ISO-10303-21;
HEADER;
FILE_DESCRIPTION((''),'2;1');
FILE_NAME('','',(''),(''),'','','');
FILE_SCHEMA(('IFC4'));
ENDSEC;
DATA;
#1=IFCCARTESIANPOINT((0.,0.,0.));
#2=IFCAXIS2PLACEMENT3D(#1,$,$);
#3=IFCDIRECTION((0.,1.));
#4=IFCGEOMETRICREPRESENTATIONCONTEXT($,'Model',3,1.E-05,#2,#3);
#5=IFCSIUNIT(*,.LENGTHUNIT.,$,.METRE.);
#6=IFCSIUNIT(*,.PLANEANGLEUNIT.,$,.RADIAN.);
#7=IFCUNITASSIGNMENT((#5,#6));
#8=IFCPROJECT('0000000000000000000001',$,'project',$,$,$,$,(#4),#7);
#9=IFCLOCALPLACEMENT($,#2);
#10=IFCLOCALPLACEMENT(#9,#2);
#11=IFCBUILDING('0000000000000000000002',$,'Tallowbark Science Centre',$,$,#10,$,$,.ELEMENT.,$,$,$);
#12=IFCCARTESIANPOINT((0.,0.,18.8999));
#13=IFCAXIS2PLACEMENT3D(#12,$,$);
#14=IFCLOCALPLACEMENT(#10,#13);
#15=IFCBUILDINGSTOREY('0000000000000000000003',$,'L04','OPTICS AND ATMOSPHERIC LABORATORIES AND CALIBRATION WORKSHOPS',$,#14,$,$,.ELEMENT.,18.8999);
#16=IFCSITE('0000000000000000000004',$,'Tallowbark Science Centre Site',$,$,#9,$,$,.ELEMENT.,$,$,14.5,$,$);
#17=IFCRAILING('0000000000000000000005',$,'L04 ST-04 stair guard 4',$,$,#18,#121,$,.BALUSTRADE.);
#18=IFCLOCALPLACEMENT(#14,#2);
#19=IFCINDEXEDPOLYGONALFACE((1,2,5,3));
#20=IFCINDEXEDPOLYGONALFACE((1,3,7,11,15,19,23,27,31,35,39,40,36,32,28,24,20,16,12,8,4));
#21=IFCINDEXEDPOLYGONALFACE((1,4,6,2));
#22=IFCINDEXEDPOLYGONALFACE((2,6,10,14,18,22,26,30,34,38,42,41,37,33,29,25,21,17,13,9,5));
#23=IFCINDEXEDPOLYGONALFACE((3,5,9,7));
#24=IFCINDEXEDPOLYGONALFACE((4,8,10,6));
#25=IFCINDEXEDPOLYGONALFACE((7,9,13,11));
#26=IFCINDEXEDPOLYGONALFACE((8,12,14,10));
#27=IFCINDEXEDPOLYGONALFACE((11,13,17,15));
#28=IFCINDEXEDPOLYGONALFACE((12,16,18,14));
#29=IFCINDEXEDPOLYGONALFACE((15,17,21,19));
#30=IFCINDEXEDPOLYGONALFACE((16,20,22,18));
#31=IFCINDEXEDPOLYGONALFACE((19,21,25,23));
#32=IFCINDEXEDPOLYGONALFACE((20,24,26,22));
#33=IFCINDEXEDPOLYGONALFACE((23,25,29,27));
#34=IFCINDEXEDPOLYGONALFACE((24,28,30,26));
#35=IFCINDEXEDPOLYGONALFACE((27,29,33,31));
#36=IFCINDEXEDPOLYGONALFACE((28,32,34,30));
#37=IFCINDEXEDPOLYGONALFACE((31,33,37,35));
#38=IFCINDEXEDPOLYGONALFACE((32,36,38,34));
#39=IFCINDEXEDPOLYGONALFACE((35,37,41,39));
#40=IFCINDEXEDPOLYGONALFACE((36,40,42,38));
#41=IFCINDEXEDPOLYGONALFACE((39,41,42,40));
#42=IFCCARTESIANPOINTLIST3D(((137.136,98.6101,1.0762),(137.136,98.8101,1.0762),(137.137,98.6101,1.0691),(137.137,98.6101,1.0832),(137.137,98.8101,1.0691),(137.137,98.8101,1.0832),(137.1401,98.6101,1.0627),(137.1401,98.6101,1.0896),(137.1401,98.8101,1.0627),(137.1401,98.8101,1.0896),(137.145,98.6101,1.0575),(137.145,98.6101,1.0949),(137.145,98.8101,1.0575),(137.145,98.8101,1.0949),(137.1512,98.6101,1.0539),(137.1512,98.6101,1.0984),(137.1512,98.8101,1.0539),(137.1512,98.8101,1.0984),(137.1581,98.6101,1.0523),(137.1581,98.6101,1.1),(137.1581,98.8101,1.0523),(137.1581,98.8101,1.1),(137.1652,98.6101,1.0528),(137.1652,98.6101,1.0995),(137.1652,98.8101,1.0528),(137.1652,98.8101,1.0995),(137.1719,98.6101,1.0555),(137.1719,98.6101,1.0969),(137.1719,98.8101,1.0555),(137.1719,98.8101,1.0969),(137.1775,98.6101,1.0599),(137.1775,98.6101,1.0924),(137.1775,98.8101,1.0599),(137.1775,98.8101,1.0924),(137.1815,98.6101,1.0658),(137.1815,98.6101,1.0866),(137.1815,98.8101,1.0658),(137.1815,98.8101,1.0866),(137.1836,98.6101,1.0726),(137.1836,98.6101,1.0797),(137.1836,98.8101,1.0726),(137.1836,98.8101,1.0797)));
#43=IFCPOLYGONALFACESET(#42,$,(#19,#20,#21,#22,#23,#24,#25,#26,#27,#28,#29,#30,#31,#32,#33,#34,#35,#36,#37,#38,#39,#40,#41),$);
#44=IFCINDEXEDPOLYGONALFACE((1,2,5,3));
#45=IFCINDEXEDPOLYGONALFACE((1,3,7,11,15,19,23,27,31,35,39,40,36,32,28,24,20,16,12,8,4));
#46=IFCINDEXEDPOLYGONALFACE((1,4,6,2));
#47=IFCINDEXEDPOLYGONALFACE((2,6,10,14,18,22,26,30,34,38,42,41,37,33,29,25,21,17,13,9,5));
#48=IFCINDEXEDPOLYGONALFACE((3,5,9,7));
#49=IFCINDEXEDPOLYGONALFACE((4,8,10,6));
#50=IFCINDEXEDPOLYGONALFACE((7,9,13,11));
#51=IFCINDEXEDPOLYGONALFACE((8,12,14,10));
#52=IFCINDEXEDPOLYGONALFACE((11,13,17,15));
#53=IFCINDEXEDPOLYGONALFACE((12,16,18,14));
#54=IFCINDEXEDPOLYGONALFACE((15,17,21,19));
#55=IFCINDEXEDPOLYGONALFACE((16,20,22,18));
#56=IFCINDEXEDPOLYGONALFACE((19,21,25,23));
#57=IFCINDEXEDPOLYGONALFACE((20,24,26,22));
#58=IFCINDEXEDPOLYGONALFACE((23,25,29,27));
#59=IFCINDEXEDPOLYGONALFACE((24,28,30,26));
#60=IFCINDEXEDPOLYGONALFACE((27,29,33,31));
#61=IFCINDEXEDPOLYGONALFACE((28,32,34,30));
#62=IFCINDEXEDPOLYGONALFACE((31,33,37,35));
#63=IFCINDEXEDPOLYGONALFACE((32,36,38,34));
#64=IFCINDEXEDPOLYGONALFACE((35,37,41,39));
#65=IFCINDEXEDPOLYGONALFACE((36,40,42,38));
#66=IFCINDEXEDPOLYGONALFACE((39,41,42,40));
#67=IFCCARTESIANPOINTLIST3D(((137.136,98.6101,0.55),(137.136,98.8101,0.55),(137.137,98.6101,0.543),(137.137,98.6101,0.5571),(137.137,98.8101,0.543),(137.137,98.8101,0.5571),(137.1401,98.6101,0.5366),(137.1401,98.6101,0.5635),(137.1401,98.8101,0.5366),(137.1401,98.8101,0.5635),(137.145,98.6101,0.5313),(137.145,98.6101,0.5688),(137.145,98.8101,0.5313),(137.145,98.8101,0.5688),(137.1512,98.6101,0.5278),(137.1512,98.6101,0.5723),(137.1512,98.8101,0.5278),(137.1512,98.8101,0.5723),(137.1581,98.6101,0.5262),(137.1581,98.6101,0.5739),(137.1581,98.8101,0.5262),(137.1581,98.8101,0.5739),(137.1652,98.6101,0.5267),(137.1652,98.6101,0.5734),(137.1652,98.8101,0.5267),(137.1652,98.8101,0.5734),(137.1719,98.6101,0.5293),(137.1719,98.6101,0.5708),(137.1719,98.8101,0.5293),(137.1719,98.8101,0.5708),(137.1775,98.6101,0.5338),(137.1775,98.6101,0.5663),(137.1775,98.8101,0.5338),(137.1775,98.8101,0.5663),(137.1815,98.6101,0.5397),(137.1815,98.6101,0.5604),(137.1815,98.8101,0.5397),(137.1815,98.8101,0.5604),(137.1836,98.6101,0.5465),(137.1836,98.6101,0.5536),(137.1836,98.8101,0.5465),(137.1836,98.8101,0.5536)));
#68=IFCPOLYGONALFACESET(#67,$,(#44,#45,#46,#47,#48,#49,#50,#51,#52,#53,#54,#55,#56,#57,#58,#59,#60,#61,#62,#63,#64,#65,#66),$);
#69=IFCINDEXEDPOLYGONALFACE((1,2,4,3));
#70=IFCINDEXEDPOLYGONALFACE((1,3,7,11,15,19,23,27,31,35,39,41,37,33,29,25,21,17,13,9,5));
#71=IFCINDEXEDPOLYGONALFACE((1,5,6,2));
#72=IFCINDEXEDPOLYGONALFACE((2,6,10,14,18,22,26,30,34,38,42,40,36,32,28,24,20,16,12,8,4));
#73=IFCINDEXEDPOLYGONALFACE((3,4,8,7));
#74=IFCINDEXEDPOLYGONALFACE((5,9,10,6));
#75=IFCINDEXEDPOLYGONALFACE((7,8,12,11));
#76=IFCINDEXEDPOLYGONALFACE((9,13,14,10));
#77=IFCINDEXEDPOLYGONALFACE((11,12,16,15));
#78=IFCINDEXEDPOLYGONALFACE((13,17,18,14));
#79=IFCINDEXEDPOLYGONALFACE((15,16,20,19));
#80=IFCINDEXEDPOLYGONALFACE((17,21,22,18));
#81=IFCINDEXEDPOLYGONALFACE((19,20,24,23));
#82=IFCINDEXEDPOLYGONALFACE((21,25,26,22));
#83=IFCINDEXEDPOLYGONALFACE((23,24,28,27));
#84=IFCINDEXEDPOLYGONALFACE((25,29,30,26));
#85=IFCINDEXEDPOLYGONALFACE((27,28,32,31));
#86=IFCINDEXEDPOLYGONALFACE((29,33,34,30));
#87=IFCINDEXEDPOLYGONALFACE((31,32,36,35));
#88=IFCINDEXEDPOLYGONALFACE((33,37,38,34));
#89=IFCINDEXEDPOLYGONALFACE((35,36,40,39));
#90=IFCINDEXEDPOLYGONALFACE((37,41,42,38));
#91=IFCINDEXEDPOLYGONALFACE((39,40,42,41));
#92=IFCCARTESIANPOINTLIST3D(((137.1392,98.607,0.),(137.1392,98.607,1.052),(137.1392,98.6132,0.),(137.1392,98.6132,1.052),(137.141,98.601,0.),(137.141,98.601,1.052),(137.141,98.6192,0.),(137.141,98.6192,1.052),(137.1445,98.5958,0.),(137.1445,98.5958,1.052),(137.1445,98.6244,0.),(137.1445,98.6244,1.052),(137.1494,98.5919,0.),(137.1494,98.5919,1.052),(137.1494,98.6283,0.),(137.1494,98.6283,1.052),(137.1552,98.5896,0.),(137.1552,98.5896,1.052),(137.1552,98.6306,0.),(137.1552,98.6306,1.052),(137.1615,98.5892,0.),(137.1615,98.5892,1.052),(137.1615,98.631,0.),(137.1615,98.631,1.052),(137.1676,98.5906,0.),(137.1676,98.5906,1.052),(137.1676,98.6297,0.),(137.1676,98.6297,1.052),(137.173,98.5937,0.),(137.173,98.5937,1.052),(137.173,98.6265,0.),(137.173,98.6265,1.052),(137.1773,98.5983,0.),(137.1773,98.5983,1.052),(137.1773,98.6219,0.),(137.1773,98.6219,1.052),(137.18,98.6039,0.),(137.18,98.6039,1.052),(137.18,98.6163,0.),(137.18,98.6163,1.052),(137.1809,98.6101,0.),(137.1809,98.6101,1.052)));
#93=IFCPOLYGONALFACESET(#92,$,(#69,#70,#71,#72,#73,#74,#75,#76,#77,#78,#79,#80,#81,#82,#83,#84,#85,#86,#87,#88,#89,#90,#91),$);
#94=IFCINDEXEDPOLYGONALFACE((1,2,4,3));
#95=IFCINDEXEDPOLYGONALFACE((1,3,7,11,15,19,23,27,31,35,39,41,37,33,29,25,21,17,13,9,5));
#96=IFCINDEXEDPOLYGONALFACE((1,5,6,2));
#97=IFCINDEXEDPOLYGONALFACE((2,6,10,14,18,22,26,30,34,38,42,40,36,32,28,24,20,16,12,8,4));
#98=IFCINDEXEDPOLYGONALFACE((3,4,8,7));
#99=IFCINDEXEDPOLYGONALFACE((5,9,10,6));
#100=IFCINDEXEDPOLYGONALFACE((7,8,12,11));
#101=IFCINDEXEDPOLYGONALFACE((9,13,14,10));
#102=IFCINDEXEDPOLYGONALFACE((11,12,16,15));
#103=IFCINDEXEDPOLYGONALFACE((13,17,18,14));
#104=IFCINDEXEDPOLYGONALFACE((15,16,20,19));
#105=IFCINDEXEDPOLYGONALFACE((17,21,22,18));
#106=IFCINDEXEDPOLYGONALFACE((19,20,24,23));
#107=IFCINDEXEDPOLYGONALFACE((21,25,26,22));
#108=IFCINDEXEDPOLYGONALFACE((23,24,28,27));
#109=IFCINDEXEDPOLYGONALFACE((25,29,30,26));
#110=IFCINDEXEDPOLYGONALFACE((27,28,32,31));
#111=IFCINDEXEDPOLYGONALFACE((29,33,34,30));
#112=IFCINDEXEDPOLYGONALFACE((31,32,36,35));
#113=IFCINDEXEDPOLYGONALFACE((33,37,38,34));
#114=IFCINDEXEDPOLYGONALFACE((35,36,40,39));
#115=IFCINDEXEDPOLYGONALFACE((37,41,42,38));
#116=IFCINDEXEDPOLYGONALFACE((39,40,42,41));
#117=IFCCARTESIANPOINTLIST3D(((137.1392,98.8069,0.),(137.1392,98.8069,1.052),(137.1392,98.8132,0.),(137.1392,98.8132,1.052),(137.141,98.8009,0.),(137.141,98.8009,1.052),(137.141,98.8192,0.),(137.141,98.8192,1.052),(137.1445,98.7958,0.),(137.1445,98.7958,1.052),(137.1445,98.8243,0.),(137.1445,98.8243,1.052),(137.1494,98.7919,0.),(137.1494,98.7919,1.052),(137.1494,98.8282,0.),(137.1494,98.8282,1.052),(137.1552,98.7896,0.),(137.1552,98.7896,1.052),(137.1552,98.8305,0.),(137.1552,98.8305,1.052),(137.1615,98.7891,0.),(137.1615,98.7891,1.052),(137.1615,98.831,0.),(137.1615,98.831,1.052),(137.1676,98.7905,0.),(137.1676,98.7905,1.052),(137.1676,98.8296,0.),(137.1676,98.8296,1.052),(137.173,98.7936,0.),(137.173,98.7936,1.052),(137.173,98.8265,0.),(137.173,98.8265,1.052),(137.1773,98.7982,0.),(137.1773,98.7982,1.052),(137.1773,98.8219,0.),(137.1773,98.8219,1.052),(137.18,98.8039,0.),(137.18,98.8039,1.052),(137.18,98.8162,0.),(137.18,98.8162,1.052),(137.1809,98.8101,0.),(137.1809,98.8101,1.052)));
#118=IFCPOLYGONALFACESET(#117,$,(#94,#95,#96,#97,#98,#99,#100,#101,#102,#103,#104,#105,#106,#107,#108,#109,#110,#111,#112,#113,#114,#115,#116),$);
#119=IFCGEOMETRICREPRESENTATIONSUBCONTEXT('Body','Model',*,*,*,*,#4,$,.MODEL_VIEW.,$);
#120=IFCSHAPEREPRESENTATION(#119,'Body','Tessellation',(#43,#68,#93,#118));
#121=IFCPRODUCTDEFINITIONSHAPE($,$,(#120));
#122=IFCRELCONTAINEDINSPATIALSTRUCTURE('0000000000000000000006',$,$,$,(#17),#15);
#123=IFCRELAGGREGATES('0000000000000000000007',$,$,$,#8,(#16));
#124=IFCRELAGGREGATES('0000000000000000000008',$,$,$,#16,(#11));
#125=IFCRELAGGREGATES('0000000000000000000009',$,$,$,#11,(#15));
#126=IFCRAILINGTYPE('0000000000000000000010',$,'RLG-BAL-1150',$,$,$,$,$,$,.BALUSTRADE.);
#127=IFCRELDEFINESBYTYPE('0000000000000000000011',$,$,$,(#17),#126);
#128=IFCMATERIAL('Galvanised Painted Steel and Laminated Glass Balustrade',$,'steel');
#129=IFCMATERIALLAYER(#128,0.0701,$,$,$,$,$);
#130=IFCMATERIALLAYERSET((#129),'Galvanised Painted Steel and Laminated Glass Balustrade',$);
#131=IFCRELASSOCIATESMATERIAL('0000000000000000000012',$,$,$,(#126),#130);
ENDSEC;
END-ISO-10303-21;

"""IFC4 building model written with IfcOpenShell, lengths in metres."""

from ifc_helpers import new_model, si_unit, direction, frame, origin, origin_2d, place, context, subcontext, project, spatial, circle, extrude, material, layer, layer_set, type_object, element, save


model = new_model("IFC4")

# Units and contexts
model_context = context("Model", 3, precision=1e-05, world=origin(), true_north=direction((0.0, 1.0)))
body_context = subcontext(model_context, "Body", "Model", "MODEL_VIEW")
ifc_project = project(units=[si_unit("LENGTHUNIT", "METRE"), si_unit("PLANEANGLEUNIT", "RADIAN")], contexts=[model_context])

# Site, building, storey
site_placement = place(None, origin())
site = spatial("IfcSite", under=ifc_project, at=site_placement, Name="Tallowbark Science Centre Site", CompositionType="ELEMENT", RefElevation=14.5)
building_placement = place(site_placement, origin())
building = spatial("IfcBuilding", under=site, at=building_placement, Name="Tallowbark Science Centre", CompositionType="ELEMENT")
storey_placement = place(building_placement, frame((0.0, 0.0, 18.8999)))
storey = spatial("IfcBuildingStorey", under=building, at=storey_placement, Name="L04", Description="OPTICS AND ATMOSPHERIC LABORATORIES AND CALIBRATION WORKSHOPS", CompositionType="ELEMENT", Elevation=18.8999)

# Railing
ifc_material_1 = material(Name="Galvanised Painted Steel and Laminated Glass Balustrade", Category="steel")
ifc_layer_1 = layer(ifc_material_1, 0.0701)
ifc_layer_set_1 = layer_set([ifc_layer_1], Name="Galvanised Painted Steel and Laminated Glass Balustrade")
railing_type_1 = type_object("IfcRailingType", Name="RLG-BAL-1150", PredefinedType="BALUSTRADE", material=ifc_layer_set_1)
railing_1_placement = place(storey_placement, frame((137.1599, 98.6101, 0.0)))
element("IfcRailing", 1, at=railing_1_placement, inside=storey, type_object=railing_type_1, Name="L04 ST-04 stair guard 4", PredefinedType="BALUSTRADE", context=body_context, shape_type="SweptSolid", body=[
    extrude(circle(Radius=0.0239, at=origin_2d()), frame((0.0, 0.0, 1.0762), z_axis=(0.0, 1.0, 0.0), x_axis=(-1.0, 0.0, 0.0)), (0.0, 0.0, 1.0), 0.2),
    extrude(circle(Radius=0.0239, at=origin_2d()), frame((0.0, 0.0, 0.55), z_axis=(0.0, 1.0, 0.0), x_axis=(-1.0, 0.0, 0.0)), (0.0, 0.0, 1.0), 0.2),
    extrude(circle(Radius=0.021, at=origin_2d()), origin(), (0.0, 0.0, 1.0), 1.052),
    extrude(circle(Radius=0.021, at=origin_2d()), frame((0.0, 0.2, 0.0)), (0.0, 0.0, 1.0), 1.052),
])

save(model, "model.ifc")
